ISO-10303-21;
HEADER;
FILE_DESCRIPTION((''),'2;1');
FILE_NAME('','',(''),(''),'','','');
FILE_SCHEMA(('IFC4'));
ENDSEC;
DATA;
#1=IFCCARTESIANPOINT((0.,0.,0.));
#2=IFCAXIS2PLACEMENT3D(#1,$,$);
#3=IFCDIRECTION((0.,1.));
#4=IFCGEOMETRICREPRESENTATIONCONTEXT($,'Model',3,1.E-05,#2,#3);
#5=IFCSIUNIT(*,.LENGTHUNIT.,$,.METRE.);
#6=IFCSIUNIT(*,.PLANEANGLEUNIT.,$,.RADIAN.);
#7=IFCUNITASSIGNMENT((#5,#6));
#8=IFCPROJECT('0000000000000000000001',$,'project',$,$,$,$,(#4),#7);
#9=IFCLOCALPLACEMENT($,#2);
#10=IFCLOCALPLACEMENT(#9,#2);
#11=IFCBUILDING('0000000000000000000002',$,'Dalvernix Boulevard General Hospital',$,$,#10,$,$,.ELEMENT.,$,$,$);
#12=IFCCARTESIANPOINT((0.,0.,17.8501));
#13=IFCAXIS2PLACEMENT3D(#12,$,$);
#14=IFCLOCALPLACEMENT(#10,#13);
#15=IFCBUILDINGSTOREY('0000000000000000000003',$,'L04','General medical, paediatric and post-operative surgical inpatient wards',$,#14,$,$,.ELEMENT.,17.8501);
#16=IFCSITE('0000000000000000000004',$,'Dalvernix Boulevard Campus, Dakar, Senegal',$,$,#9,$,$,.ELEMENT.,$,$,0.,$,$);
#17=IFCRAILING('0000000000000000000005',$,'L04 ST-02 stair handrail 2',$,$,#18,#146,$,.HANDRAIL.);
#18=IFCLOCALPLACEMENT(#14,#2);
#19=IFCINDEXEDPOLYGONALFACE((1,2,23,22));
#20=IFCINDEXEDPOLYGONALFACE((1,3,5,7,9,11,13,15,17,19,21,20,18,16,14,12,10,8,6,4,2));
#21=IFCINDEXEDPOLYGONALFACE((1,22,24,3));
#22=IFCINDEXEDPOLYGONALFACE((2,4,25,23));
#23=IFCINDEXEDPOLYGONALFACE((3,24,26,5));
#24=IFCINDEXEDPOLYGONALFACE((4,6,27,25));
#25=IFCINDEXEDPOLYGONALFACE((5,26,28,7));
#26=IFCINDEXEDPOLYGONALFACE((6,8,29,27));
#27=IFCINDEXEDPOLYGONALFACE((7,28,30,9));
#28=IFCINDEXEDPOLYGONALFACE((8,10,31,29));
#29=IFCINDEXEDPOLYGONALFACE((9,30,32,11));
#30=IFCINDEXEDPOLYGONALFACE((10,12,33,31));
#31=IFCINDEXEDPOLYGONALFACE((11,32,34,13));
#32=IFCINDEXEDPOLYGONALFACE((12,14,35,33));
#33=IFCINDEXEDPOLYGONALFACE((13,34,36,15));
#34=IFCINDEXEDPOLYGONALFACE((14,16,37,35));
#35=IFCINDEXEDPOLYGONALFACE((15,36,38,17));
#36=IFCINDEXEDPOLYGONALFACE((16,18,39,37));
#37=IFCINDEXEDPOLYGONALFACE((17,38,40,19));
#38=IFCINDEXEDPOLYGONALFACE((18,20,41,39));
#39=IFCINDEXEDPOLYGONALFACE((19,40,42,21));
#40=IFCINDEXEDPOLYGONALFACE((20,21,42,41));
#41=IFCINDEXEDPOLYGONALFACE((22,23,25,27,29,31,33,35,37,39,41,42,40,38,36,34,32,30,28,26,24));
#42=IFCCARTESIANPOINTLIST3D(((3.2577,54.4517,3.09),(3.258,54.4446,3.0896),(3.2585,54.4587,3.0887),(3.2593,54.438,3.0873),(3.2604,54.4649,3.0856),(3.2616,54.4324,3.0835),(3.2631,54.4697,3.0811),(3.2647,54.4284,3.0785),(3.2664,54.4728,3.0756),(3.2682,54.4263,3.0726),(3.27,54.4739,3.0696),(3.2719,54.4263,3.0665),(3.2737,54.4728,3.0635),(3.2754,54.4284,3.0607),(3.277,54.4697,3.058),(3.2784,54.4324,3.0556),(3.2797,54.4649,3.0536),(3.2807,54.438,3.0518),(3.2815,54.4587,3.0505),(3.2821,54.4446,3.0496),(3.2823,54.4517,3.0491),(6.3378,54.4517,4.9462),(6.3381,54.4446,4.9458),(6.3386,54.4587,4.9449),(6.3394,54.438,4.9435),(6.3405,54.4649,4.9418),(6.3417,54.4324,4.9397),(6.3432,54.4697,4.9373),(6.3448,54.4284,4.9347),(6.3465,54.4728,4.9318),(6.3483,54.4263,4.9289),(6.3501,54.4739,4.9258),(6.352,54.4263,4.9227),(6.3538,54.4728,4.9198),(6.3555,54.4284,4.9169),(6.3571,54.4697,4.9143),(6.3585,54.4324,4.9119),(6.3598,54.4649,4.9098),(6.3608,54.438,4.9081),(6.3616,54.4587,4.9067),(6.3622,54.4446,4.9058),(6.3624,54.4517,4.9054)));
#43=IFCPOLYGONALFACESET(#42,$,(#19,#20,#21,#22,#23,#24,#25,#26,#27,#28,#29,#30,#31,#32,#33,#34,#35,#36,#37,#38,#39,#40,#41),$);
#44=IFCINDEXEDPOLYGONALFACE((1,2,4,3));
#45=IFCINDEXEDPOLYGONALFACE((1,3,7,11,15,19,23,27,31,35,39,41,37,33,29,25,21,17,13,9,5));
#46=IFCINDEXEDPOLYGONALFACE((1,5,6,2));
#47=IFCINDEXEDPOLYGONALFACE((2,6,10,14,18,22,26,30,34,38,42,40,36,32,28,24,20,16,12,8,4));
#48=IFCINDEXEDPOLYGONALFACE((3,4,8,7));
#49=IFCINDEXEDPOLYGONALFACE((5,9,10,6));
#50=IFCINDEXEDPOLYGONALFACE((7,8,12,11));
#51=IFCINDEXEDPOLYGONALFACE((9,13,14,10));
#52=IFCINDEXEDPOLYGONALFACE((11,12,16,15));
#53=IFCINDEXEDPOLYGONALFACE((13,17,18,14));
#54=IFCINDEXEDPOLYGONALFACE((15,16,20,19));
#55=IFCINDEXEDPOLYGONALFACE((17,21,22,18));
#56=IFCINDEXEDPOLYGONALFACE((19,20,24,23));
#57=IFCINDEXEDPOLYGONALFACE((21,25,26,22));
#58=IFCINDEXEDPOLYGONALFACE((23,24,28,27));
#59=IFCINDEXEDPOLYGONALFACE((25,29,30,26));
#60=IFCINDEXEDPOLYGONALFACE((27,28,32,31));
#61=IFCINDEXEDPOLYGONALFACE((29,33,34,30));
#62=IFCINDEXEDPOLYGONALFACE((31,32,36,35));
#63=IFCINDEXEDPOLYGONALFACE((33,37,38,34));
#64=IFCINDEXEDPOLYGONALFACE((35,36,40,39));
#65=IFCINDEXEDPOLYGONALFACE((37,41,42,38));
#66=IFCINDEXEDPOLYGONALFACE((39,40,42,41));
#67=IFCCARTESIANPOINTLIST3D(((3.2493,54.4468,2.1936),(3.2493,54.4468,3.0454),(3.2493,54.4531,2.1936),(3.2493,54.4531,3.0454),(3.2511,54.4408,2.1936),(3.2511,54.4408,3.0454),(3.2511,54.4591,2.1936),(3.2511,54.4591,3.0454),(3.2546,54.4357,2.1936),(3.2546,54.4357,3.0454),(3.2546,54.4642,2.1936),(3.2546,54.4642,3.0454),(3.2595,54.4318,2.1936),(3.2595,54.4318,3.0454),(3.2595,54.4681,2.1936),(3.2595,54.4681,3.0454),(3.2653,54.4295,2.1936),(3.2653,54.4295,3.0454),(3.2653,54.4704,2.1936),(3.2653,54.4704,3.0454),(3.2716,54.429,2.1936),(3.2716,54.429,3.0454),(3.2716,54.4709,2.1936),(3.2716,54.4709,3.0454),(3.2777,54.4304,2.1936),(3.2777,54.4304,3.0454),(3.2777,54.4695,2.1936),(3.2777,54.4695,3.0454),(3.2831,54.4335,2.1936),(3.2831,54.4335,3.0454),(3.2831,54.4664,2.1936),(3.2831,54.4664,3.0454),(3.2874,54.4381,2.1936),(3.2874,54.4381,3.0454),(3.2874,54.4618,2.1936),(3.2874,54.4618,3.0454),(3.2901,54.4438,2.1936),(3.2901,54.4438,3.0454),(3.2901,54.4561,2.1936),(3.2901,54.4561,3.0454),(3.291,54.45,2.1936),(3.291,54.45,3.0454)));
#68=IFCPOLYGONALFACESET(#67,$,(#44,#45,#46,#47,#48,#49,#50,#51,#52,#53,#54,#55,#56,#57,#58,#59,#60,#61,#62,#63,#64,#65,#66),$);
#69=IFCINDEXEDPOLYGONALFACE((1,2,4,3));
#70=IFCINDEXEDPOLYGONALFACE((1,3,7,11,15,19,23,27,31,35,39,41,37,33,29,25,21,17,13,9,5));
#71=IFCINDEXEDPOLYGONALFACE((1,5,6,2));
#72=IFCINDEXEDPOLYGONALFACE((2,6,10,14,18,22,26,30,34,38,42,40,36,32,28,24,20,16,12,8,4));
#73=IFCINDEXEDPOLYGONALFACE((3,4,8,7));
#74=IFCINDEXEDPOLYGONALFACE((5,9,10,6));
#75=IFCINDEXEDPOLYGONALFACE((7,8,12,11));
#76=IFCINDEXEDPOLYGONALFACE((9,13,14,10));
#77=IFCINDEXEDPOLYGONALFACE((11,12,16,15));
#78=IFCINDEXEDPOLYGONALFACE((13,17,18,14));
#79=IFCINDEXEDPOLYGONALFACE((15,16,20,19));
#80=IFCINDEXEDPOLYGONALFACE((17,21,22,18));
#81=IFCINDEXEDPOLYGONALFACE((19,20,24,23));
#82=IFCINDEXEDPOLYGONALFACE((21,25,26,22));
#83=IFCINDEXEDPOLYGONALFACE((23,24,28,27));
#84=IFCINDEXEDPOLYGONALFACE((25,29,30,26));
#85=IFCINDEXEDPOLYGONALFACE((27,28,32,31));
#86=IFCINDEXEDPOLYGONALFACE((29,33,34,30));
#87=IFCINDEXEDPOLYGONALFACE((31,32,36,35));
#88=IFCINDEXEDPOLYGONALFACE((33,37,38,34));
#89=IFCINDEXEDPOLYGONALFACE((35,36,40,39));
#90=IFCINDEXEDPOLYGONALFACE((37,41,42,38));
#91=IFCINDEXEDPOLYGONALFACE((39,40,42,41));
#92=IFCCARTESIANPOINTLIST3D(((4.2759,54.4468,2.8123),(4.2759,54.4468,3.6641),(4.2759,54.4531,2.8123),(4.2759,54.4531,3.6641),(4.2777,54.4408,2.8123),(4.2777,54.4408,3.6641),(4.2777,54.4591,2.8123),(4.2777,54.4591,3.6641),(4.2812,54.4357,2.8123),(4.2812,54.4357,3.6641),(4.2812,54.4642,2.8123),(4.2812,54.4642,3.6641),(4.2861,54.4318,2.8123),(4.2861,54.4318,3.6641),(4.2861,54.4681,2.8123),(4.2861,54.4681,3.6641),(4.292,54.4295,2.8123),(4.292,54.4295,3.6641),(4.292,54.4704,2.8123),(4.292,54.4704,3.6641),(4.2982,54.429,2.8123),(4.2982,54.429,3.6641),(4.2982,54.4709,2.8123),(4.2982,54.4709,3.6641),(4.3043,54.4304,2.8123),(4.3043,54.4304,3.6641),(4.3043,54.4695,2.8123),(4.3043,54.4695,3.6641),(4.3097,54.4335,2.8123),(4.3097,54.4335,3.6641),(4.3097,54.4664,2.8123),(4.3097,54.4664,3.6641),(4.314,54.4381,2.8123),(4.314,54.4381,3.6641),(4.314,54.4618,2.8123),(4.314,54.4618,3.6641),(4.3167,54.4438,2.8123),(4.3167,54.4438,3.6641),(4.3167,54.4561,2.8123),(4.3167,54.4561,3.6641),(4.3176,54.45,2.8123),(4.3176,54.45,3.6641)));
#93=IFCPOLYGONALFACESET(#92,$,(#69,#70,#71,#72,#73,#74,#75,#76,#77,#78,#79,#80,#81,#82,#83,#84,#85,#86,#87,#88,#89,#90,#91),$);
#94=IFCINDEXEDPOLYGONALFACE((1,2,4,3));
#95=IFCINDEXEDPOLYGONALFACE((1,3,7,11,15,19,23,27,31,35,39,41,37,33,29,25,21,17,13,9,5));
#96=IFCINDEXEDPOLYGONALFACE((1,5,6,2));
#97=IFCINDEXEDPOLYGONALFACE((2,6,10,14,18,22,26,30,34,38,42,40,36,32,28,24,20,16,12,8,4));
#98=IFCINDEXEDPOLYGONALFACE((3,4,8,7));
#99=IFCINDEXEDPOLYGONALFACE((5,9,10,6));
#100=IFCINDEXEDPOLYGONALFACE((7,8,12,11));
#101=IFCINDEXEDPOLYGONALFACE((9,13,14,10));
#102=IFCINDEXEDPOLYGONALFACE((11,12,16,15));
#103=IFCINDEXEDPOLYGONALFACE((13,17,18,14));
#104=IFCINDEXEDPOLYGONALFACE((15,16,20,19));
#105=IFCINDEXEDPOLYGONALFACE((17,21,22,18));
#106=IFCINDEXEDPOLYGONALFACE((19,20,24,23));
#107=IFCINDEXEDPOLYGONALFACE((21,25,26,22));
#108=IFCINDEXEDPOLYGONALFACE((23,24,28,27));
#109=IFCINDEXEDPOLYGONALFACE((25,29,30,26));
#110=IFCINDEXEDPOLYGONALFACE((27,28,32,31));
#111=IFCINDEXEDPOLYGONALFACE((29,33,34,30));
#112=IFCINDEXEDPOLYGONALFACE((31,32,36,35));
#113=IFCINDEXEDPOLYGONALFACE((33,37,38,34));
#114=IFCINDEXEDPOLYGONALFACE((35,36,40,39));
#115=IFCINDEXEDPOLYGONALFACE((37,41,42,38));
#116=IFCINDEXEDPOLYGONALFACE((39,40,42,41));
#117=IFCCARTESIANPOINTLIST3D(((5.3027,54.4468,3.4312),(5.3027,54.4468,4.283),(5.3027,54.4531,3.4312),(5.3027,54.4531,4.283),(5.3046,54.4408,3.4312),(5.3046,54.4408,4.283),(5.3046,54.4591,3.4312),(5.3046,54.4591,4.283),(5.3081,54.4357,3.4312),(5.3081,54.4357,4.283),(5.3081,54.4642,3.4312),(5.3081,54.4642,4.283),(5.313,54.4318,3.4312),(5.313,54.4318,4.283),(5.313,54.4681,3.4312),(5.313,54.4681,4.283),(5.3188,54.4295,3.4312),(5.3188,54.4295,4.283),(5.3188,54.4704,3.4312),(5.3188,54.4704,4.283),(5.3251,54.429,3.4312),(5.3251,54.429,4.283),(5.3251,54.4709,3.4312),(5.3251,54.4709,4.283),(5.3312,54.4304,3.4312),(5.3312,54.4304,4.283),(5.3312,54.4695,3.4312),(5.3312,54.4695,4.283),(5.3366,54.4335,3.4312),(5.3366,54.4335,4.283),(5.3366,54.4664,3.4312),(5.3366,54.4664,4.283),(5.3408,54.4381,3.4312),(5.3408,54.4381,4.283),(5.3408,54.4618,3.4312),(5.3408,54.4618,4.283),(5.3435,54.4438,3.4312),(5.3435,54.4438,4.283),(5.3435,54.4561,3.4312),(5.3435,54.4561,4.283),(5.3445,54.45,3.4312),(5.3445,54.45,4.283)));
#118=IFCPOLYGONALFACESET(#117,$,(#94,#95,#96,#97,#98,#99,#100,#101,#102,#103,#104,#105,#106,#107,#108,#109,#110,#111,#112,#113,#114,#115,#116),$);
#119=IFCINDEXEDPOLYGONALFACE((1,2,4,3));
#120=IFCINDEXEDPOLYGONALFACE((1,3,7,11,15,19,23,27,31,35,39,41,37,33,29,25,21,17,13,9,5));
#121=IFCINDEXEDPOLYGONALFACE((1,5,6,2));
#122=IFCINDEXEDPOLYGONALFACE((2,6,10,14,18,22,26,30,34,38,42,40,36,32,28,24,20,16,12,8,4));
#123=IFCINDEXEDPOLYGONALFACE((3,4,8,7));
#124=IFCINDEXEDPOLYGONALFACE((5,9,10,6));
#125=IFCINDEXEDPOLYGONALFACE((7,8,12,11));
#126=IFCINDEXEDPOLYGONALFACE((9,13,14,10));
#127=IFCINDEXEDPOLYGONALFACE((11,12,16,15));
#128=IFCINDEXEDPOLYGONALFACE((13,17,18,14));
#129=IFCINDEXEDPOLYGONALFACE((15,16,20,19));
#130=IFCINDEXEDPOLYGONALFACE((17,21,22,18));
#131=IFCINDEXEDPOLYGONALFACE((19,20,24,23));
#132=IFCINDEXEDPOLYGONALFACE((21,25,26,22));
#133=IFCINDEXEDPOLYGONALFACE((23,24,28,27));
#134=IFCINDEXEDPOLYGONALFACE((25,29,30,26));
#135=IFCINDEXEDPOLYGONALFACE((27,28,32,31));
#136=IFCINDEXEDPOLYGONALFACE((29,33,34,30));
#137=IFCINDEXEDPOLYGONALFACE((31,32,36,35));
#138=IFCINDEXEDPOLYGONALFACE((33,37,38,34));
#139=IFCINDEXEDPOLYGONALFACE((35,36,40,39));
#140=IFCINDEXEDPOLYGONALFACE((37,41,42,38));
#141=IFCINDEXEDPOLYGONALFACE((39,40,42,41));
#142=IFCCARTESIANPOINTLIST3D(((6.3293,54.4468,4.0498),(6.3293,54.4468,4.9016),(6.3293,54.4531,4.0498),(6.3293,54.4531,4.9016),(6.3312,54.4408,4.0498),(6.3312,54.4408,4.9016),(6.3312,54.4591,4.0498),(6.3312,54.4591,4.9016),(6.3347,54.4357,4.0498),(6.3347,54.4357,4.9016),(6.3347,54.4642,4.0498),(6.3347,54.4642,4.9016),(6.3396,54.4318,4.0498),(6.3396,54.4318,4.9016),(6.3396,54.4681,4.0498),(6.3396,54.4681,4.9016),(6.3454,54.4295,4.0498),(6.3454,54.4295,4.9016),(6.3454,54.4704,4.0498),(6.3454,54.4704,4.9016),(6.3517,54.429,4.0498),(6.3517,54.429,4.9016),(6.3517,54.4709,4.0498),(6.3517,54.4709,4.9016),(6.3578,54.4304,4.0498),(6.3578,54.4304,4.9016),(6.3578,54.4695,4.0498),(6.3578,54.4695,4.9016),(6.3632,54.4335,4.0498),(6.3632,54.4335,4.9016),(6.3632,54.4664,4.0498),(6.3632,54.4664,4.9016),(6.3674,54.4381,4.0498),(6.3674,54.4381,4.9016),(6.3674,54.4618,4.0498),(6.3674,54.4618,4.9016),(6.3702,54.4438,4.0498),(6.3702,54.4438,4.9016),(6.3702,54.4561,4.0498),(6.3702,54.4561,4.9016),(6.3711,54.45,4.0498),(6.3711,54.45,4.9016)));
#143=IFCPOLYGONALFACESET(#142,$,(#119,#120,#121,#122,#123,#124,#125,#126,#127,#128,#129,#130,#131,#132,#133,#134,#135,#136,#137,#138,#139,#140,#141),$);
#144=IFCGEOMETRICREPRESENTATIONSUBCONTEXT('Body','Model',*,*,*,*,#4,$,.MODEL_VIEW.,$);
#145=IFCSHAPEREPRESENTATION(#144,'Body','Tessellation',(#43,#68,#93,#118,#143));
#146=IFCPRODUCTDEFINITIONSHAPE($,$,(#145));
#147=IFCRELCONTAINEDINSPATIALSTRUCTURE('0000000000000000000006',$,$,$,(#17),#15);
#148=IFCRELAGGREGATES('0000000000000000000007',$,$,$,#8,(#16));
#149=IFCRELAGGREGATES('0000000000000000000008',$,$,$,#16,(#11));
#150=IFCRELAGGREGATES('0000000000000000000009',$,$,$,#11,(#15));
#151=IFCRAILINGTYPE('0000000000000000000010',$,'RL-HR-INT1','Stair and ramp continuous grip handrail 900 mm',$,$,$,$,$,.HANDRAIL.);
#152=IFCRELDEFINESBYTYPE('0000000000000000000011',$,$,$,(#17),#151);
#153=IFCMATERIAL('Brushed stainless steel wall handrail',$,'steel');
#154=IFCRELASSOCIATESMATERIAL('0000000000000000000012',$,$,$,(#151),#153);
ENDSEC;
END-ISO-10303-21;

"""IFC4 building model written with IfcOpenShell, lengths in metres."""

from ifc_helpers import new_model, si_unit, direction, frame, origin, origin_2d, place, context, subcontext, project, spatial, circle, extrude, material, type_object, element, save


model = new_model("IFC4")

# Units and contexts
model_context = context("Model", 3, precision=1e-05, world=origin(), true_north=direction((0.0, 1.0)))
body_context = subcontext(model_context, "Body", "Model", "MODEL_VIEW")
ifc_project = project(units=[si_unit("LENGTHUNIT", "METRE"), si_unit("PLANEANGLEUNIT", "RADIAN")], contexts=[model_context])

# Site, building, storey
site_placement = place(None, origin())
site = spatial("IfcSite", under=ifc_project, at=site_placement, Name="Dalvernix Boulevard Campus, Dakar, Senegal", CompositionType="ELEMENT", RefElevation=0.0)
building_placement = place(site_placement, origin())
building = spatial("IfcBuilding", under=site, at=building_placement, Name="Dalvernix Boulevard General Hospital", CompositionType="ELEMENT")
storey_placement = place(building_placement, frame((0.0, 0.0, 17.8501)))
storey = spatial("IfcBuildingStorey", under=building, at=storey_placement, Name="L04", Description="General medical, paediatric and post-operative surgical inpatient wards", CompositionType="ELEMENT", Elevation=17.8501)

# Railing
ifc_material_1 = material(Name="Brushed stainless steel wall handrail", Category="steel")
railing_type_1 = type_object("IfcRailingType", Name="RL-HR-INT1", Description="Stair and ramp continuous grip handrail 900 mm", PredefinedType="HANDRAIL", material=ifc_material_1)
railing_1_placement = place(storey_placement, frame((3.27, 54.45, 2.1936)))
element("IfcRailing", 1, at=railing_1_placement, inside=storey, type_object=railing_type_1, Name="L04 ST-02 stair handrail 2", PredefinedType="HANDRAIL", context=body_context, shape_type="SweptSolid", body=[
    extrude(circle(Radius=0.0239, at=origin_2d()), frame((0.0, 0.0, 0.876), z_axis=(0.856491, 0.0, 0.516162), x_axis=(0.0, 1.0, 0.0)), (0.0, 0.0, 1.0), 3.5962),
    extrude(circle(Radius=0.021, at=origin_2d()), origin(), (0.0, 0.0, 1.0), 0.8518),
    extrude(circle(Radius=0.021, at=origin_2d()), frame((1.0266, 0.0, 0.6187)), (0.0, 0.0, 1.0), 0.8518),
    extrude(circle(Radius=0.021, at=origin_2d()), frame((2.0535, 0.0, 1.2375)), (0.0, 0.0, 1.0), 0.8518),
    extrude(circle(Radius=0.021, at=origin_2d()), frame((3.0801, 0.0, 1.8562)), (0.0, 0.0, 1.0), 0.8518),
])

save(model, "model.ifc")
